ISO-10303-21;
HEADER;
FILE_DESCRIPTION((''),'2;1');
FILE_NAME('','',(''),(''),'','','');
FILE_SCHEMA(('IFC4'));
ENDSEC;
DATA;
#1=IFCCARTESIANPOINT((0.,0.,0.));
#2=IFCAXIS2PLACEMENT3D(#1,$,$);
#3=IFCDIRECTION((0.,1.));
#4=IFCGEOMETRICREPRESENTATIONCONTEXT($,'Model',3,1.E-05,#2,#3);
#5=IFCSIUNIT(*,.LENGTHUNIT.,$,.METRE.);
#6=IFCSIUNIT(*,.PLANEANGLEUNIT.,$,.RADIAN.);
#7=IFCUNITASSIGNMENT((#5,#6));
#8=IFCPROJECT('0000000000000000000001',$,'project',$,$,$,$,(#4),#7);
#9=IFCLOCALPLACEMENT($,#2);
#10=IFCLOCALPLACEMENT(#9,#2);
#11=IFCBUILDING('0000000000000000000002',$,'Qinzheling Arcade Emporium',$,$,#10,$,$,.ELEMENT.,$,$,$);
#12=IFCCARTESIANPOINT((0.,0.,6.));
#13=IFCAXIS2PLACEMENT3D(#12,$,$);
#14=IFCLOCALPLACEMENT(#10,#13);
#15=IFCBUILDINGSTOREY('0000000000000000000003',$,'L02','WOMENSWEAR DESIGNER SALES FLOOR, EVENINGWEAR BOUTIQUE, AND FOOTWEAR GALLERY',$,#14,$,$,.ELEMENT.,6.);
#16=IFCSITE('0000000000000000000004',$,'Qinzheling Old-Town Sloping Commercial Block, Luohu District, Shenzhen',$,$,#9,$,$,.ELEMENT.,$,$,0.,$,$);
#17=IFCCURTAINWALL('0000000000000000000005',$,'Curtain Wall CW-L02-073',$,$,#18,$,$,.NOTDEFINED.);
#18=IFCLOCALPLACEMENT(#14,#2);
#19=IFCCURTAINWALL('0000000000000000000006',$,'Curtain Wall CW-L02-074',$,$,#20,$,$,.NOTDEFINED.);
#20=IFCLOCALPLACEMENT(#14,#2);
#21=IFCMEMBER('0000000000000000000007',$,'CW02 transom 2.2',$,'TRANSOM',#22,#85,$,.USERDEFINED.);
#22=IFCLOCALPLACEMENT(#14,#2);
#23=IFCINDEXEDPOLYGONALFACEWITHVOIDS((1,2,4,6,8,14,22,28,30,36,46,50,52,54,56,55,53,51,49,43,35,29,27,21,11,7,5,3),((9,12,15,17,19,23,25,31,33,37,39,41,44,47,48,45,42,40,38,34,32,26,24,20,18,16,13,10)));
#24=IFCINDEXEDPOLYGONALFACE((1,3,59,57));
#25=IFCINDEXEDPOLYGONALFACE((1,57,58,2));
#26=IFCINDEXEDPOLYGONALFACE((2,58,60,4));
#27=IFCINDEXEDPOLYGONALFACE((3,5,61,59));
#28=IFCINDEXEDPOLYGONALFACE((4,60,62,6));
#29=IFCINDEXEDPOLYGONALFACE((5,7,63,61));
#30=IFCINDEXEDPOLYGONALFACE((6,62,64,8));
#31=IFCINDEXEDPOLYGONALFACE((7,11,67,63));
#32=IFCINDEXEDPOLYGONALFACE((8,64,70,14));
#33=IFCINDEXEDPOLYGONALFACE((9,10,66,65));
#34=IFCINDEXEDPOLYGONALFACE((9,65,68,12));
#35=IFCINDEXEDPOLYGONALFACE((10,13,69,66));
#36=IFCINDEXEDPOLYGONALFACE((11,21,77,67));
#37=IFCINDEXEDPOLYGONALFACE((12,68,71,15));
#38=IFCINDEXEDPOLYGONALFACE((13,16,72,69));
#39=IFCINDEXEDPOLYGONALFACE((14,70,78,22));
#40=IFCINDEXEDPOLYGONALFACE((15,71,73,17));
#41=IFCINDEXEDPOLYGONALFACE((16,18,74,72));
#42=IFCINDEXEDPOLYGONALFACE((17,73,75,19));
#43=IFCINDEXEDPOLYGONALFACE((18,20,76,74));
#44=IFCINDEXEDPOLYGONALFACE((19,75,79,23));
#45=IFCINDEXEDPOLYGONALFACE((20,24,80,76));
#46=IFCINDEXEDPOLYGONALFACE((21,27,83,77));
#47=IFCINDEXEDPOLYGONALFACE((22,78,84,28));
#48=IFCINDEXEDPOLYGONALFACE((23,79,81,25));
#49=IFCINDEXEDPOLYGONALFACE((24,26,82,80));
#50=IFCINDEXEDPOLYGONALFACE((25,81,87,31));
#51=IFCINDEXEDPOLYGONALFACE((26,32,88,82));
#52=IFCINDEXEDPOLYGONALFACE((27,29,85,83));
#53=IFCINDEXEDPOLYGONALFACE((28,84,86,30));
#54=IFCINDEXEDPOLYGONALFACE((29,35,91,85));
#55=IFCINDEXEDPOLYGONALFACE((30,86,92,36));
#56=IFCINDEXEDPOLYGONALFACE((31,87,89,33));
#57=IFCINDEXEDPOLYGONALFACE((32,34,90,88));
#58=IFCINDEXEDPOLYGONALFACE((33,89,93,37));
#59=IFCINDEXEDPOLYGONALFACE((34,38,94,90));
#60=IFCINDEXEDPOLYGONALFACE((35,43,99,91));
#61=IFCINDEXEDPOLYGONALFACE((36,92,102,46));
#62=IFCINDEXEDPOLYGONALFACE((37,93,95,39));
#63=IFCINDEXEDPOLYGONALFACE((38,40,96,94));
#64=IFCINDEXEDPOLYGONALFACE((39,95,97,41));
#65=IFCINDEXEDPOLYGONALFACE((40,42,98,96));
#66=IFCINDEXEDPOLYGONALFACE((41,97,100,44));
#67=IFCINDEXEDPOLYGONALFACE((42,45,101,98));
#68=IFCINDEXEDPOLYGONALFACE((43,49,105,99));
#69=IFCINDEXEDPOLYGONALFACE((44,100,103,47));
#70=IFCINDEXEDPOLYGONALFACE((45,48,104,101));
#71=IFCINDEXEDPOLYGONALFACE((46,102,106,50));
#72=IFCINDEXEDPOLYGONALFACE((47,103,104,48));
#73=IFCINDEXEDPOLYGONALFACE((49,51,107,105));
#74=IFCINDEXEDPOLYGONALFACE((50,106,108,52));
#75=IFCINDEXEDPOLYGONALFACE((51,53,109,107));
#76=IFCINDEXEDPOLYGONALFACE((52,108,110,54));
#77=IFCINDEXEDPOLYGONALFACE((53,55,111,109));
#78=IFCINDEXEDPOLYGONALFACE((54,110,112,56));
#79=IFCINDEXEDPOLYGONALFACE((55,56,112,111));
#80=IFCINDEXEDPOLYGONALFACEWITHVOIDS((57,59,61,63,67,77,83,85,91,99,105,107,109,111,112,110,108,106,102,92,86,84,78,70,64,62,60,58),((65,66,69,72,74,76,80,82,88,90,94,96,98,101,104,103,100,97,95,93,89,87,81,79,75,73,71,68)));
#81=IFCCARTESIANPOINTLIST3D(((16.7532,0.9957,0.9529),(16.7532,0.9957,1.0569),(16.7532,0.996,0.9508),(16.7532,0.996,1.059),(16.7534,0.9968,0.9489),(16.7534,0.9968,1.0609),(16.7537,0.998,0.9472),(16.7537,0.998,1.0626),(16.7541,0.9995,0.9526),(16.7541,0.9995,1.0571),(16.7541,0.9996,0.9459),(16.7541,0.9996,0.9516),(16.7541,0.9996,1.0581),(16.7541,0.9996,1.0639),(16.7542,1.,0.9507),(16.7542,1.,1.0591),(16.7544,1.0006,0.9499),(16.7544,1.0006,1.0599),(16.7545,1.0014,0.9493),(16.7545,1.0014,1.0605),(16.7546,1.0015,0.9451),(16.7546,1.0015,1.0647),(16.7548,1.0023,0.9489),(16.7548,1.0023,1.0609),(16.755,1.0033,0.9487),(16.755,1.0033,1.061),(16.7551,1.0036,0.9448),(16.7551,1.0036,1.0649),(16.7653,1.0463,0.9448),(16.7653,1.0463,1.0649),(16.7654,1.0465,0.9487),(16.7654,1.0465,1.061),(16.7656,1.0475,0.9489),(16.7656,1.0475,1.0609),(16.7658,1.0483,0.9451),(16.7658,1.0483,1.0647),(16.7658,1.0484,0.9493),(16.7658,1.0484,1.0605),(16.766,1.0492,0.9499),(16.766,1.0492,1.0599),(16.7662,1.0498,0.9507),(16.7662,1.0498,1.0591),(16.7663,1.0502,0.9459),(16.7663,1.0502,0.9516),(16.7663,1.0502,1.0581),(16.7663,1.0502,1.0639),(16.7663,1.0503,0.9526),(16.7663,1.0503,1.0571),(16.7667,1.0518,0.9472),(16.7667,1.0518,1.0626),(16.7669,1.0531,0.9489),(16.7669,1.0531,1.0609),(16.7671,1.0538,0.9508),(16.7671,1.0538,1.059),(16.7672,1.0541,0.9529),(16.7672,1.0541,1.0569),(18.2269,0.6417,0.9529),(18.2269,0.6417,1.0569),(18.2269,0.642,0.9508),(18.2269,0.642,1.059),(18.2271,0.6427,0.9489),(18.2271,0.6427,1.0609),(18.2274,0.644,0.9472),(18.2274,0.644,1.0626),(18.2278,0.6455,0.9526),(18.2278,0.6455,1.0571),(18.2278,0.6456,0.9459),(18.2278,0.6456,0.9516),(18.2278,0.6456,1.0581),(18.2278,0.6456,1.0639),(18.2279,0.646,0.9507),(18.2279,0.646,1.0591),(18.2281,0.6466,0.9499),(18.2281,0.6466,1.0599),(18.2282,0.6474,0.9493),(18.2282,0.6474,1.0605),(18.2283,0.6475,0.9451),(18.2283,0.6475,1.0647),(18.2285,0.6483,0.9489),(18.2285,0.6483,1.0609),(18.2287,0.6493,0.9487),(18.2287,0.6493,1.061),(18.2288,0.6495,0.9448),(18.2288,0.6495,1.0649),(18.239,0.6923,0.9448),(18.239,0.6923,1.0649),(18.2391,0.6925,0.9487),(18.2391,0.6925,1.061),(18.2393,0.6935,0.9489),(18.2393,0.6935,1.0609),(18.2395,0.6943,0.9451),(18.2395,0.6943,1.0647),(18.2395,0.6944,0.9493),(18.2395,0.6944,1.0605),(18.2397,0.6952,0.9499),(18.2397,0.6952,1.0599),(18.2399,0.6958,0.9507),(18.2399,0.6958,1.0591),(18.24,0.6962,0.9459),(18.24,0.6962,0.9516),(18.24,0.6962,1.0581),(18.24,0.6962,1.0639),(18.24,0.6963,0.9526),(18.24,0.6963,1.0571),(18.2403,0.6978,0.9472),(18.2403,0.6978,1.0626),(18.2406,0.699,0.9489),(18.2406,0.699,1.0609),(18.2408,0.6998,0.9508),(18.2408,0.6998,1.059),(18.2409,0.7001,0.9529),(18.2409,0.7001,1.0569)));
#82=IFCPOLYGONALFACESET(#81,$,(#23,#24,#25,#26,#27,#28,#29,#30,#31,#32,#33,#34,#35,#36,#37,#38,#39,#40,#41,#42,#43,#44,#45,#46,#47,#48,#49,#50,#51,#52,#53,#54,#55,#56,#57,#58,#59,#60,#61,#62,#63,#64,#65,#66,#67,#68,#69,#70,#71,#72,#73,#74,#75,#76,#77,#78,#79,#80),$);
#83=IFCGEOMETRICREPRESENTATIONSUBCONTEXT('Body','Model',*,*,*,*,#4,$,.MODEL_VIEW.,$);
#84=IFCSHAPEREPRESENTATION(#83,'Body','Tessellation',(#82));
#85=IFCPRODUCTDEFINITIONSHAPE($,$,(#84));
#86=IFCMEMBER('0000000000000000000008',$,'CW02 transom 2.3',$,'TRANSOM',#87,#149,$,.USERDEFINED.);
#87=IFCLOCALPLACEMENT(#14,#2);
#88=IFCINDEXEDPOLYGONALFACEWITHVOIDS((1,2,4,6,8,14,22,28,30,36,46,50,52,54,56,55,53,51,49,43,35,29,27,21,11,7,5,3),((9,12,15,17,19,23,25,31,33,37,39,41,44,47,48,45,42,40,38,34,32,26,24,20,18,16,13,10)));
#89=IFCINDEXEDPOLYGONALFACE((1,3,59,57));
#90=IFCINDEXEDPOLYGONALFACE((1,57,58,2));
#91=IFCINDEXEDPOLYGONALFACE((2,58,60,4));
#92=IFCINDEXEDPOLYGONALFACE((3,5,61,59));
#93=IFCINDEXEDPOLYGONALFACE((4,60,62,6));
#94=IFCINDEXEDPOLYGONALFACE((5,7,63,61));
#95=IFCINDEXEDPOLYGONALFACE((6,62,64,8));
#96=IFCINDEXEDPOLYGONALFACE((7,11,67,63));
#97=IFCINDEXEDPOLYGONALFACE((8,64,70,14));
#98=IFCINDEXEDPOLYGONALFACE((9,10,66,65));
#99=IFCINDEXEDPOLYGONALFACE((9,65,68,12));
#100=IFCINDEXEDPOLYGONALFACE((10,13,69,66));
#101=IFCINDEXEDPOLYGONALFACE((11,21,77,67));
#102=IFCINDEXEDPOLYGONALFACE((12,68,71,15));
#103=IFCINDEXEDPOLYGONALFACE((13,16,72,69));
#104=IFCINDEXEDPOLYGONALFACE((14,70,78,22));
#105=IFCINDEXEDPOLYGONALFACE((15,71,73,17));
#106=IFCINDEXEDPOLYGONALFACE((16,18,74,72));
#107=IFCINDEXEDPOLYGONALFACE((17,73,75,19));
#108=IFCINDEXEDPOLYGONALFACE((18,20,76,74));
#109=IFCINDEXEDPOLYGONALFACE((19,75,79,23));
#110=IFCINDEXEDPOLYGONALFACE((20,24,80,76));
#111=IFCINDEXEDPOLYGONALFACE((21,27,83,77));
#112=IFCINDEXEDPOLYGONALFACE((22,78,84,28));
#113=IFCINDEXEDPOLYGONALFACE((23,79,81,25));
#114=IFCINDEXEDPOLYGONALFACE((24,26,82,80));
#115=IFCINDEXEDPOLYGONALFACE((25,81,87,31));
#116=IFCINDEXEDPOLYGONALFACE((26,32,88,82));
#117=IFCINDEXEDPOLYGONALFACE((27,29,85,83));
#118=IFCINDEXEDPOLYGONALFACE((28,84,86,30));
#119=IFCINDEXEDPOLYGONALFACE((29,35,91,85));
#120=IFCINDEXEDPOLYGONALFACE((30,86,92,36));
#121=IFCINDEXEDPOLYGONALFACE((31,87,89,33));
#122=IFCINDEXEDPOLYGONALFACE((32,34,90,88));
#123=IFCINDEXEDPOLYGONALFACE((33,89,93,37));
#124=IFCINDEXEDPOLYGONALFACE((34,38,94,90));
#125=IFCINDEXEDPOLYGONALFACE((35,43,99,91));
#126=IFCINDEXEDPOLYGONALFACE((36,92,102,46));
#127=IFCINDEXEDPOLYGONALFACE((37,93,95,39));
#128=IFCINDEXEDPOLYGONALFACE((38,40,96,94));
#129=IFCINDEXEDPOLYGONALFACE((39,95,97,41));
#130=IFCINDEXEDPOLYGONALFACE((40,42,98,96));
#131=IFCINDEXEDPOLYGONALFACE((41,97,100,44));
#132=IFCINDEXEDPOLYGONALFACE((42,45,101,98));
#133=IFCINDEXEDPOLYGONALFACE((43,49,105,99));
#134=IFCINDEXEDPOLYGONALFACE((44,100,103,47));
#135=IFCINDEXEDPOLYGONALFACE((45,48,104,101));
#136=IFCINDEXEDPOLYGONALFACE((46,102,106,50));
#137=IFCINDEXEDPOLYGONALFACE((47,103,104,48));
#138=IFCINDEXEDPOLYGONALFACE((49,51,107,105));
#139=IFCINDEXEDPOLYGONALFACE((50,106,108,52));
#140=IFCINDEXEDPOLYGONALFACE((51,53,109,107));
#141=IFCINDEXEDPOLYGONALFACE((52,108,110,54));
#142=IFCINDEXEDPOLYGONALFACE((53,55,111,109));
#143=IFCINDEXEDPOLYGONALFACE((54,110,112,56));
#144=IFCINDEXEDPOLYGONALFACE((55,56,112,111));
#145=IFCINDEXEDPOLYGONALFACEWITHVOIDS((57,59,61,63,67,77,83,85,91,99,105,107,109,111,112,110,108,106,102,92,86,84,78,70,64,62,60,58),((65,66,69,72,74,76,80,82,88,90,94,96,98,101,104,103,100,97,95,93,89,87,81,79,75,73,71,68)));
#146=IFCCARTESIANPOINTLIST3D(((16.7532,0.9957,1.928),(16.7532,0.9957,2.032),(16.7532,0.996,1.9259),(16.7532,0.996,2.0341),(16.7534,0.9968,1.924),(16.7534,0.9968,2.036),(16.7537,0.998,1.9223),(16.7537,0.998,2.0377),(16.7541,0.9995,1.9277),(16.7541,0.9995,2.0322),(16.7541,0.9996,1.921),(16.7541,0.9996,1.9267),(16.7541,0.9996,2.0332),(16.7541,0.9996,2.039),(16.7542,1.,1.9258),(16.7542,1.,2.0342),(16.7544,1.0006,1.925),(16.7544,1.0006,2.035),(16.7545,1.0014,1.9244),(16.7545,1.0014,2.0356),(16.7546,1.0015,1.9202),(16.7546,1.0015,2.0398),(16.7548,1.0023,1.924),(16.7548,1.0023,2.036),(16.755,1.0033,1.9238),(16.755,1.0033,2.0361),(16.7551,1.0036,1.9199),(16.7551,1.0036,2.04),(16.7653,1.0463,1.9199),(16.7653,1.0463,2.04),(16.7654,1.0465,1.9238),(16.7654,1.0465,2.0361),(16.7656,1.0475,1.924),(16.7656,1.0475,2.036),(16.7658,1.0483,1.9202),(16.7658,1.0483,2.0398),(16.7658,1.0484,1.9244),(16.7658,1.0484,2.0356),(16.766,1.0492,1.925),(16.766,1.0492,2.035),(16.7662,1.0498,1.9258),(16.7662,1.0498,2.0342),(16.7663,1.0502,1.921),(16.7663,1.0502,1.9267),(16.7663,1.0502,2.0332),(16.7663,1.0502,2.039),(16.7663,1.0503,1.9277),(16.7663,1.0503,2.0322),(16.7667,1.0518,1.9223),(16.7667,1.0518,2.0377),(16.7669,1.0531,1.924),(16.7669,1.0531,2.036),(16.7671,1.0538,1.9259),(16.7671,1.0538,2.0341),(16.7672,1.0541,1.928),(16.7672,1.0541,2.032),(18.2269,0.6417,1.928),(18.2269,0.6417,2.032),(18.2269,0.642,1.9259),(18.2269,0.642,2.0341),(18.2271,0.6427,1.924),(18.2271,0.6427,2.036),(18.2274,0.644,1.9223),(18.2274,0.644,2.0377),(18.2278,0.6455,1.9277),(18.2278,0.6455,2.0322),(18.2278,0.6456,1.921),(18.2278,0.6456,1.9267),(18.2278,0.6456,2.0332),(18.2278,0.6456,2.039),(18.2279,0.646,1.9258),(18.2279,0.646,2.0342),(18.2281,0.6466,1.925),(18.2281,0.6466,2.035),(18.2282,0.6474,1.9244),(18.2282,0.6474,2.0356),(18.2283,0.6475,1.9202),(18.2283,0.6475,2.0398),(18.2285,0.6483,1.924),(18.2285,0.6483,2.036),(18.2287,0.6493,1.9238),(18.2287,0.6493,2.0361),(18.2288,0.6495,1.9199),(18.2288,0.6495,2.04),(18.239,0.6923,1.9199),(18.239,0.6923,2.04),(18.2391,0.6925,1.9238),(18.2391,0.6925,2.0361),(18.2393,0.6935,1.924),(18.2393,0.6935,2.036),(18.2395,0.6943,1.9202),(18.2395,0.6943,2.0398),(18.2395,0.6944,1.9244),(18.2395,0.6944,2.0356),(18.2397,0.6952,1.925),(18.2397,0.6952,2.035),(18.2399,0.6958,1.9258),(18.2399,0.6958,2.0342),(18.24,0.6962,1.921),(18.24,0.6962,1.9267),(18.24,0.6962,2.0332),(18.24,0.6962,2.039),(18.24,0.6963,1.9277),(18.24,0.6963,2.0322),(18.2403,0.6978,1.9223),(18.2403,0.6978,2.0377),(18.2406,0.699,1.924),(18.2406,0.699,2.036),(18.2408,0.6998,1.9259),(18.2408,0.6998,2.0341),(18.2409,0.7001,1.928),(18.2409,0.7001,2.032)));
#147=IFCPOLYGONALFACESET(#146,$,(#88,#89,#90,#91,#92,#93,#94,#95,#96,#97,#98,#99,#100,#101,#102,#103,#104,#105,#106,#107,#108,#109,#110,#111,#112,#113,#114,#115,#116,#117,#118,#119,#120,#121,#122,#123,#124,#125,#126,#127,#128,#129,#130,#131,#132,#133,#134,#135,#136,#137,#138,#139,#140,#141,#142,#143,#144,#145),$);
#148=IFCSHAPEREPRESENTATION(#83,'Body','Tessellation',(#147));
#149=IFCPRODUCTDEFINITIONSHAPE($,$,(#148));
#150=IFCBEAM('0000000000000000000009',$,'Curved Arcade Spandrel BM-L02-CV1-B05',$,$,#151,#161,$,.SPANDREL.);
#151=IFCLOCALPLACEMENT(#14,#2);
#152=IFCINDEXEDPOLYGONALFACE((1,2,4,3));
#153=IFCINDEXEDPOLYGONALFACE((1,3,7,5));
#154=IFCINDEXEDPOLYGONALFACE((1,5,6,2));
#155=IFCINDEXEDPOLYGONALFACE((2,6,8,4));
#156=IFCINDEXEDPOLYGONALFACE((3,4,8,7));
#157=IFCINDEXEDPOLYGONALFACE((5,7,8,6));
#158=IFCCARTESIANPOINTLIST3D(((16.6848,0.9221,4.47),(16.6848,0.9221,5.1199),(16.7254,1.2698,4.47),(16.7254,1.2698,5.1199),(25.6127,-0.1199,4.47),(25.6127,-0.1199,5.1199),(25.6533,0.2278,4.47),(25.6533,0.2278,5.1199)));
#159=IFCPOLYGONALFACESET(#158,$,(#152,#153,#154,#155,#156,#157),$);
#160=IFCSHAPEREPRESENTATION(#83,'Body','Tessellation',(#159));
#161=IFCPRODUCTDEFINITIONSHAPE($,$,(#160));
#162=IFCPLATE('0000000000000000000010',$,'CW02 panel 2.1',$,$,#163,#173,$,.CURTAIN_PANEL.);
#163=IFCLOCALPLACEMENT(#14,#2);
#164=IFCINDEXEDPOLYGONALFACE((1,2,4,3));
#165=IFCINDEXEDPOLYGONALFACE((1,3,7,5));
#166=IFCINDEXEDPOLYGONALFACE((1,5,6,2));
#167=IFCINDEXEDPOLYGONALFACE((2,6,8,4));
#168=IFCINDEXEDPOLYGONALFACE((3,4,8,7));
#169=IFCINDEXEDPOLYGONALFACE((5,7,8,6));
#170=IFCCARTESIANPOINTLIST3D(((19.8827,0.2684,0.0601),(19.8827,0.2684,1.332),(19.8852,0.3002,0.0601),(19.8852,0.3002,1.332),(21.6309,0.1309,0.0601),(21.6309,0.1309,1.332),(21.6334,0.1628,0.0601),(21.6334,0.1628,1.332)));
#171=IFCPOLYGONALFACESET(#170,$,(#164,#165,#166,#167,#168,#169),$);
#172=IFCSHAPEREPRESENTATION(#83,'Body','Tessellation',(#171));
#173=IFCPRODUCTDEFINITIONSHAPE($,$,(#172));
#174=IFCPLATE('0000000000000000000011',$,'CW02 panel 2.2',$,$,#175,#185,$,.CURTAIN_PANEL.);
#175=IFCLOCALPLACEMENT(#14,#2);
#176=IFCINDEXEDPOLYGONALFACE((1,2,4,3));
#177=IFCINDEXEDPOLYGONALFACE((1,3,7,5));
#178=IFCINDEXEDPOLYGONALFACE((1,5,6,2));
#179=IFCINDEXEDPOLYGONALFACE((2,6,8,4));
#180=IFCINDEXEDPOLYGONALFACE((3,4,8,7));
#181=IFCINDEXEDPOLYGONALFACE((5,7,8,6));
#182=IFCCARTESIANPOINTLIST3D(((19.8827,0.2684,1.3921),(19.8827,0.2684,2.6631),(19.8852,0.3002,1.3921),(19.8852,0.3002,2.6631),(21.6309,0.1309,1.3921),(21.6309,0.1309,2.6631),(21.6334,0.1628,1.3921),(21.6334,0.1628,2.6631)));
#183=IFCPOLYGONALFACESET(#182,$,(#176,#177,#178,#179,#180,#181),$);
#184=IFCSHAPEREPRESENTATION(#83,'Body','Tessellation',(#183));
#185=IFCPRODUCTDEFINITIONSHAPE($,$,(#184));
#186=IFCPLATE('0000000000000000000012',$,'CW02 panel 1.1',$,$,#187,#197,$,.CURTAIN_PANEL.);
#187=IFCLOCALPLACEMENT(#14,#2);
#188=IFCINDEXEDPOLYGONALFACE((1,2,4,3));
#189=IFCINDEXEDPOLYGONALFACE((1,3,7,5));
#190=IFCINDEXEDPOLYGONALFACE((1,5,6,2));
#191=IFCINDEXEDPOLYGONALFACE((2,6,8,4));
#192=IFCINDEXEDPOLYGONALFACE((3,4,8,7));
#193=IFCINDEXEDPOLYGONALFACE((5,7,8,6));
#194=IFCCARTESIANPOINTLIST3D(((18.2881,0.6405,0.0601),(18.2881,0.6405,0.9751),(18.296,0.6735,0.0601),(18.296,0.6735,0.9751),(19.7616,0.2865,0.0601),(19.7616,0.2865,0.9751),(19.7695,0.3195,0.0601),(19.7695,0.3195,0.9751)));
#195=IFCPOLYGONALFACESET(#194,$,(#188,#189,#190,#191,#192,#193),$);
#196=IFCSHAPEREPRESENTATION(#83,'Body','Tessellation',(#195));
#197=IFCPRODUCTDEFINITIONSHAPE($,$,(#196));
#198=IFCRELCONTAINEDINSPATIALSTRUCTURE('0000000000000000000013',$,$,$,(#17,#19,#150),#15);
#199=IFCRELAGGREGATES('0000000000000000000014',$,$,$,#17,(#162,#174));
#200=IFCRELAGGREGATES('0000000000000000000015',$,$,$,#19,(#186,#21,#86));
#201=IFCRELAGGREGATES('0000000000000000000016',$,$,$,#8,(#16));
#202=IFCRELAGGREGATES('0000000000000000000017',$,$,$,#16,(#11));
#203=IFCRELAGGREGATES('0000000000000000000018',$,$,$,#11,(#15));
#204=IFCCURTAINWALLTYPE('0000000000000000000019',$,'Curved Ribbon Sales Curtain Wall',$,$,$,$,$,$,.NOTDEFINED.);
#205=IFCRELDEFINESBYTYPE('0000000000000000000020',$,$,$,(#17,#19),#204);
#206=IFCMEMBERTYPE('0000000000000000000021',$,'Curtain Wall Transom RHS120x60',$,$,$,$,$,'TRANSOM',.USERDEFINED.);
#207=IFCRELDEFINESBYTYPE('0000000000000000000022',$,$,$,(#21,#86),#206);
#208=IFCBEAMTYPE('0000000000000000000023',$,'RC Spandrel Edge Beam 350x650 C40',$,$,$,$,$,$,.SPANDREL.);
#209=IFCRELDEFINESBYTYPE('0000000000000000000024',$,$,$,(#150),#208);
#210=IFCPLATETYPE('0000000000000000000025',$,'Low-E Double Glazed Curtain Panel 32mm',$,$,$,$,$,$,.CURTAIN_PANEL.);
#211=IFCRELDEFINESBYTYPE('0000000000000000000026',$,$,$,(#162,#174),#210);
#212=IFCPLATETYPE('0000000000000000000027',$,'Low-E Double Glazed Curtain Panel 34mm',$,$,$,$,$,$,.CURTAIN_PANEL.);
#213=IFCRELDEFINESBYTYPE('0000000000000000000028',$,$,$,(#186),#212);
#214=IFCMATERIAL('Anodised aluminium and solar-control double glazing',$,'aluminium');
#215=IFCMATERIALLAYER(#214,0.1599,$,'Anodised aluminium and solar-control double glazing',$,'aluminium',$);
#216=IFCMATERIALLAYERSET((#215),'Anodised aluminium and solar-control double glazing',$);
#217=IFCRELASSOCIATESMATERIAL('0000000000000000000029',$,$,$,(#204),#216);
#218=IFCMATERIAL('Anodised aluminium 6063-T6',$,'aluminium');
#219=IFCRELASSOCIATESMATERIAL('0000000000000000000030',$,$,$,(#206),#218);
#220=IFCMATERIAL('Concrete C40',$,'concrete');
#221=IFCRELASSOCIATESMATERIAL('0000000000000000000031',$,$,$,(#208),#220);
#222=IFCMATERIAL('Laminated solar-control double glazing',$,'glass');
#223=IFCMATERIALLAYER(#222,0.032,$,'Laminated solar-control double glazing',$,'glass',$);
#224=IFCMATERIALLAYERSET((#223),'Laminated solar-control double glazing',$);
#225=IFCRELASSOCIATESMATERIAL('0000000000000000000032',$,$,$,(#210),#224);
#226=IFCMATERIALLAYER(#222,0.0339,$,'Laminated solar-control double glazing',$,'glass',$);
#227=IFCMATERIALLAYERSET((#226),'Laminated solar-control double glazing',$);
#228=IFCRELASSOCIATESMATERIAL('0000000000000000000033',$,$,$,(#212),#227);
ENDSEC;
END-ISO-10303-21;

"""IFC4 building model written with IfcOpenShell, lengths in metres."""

from ifc_helpers import new_model, si_unit, direction, frame, origin, origin_2d, place, context, subcontext, project, spatial, rectangle, hollow_rectangle, extrude, material, layer, layer_set, material_profile, profile_set, type_object, element, aggregate, save


model = new_model("IFC4")

# Units and contexts
model_context = context("Model", 3, precision=1e-05, world=origin(), true_north=direction((0.0, 1.0)))
body_context = subcontext(model_context, "Body", "Model", "MODEL_VIEW")
ifc_project = project(units=[si_unit("LENGTHUNIT", "METRE"), si_unit("PLANEANGLEUNIT", "RADIAN")], contexts=[model_context])

# Site, building, storey
site_placement = place(None, origin())
site = spatial("IfcSite", under=ifc_project, at=site_placement, Name="Qinzheling Old-Town Sloping Commercial Block, Luohu District, Shenzhen", CompositionType="ELEMENT", RefElevation=0.0)
building_placement = place(site_placement, origin())
building = spatial("IfcBuilding", under=site, at=building_placement, Name="Qinzheling Arcade Emporium", CompositionType="ELEMENT")
storey_placement = place(building_placement, frame((0.0, 0.0, 6.0)))
storey = spatial("IfcBuildingStorey", under=building, at=storey_placement, Name="L02", Description="WOMENSWEAR DESIGNER SALES FLOOR, EVENINGWEAR BOUTIQUE, AND FOOTWEAR GALLERY", CompositionType="ELEMENT", Elevation=6.0)

# Curtain wall
ifc_material_1 = material(Name="Anodised aluminium and solar-control double glazing", Category="aluminium")
ifc_layer_1 = layer(ifc_material_1, 0.1599, Name="Anodised aluminium and solar-control double glazing", Category="aluminium")
ifc_layer_set_1 = layer_set([ifc_layer_1], Name="Anodised aluminium and solar-control double glazing")
curtain_wall_type = type_object("IfcCurtainWallType", Name="Curved Ribbon Sales Curtain Wall", PredefinedType="NOTDEFINED", material=ifc_layer_set_1)
curtain_wall_1_placement = place(storey_placement, origin())
curtain_wall_1 = element("IfcCurtainWall", 1, at=curtain_wall_1_placement, inside=storey, type_object=curtain_wall_type, Name="Curtain Wall CW-L02-073", PredefinedType="NOTDEFINED")
ifc_material_2 = material(Name="Anodised aluminium 6063-T6", Category="aluminium")

# Curtain wall, members
curtain_wall_2_placement = place(storey_placement, origin())
curtain_wall_2 = element("IfcCurtainWall", 2, at=curtain_wall_2_placement, inside=storey, type_object=curtain_wall_type, Name="Curtain Wall CW-L02-074", PredefinedType="NOTDEFINED")
ifc_material_profile_1 = material_profile(ifc_material_2, hollow_rectangle(XDim=0.0601, YDim=0.1201, WallThickness=0.0039, InnerFilletRadius=0.0039, OuterFilletRadius=0.0081, at=origin_2d()), Name="RHS 120x60x4", Category="aluminium")
ifc_profile_set_1 = profile_set([ifc_material_profile_1], Name="Anodised aluminium 6063-T6")
member_type_1 = type_object("IfcMemberType", Name="Curtain Wall Transom RHS120x60", ElementType="TRANSOM", PredefinedType="USERDEFINED", material=ifc_profile_set_1)
member_1_placement = place(storey_placement, frame((18.2339, 0.6709, 1.0049), z_axis=(-0.972338, 0.23358, 0.0), x_axis=(-0.23358, -0.972338, 0.0)))
member_1 = element("IfcMember", 3, at=member_1_placement, type_object=member_type_1, Name="CW02 transom 2.2", ObjectType="TRANSOM", PredefinedType="USERDEFINED", context=body_context, shape_type="SweptSolid", body=[
    extrude(hollow_rectangle(XDim=0.0601, YDim=0.1201, WallThickness=0.0039, InnerFilletRadius=0.0039, OuterFilletRadius=0.0081, at=origin_2d()), origin(), (0.0, 0.0, 1.0), 1.5156),
])
member_2_placement = place(storey_placement, frame((18.2339, 0.6709, 1.98), z_axis=(-0.972338, 0.23358, 0.0), x_axis=(-0.23358, -0.972338, 0.0)))
member_2 = element("IfcMember", 4, at=member_2_placement, type_object=member_type_1, Name="CW02 transom 2.3", ObjectType="TRANSOM", PredefinedType="USERDEFINED", context=body_context, shape_type="SweptSolid", body=[
    extrude(hollow_rectangle(XDim=0.0601, YDim=0.1201, WallThickness=0.0039, InnerFilletRadius=0.0039, OuterFilletRadius=0.0081, at=origin_2d()), origin(), (0.0, 0.0, 1.0), 1.5156),
])

# Beam
ifc_material_3 = material(Name="Concrete C40", Category="concrete")
ifc_material_profile_2 = material_profile(ifc_material_3, rectangle(XDim=0.3501, YDim=0.6499, at=origin_2d()), Name="RC 350x650", Category="concrete")
ifc_profile_set_2 = profile_set([ifc_material_profile_2], Name="Concrete C40")
beam_type_1 = type_object("IfcBeamType", Name="RC Spandrel Edge Beam 350x650 C40", PredefinedType="SPANDREL", material=ifc_profile_set_2)
beam_1_placement = place(storey_placement, frame((16.7051, 1.0959, 4.7949), z_axis=(0.993258, -0.115924, 0.0), x_axis=(0.115924, 0.993258, 0.0)))
element("IfcBeam", 5, at=beam_1_placement, inside=storey, type_object=beam_type_1, Name="Curved Arcade Spandrel BM-L02-CV1-B05", PredefinedType="SPANDREL", context=body_context, shape_type="SweptSolid", body=[
    extrude(rectangle(XDim=0.3501, YDim=0.6499, at=origin_2d()), origin(), (0.0, 0.0, 1.0), 8.9885),
])

# Plates
ifc_material_4 = material(Name="Laminated solar-control double glazing", Category="glass")
ifc_layer_2 = layer(ifc_material_4, 0.032, Name="Laminated solar-control double glazing", Category="glass")
ifc_layer_set_2 = layer_set([ifc_layer_2], Name="Laminated solar-control double glazing")
plate_type_1 = type_object("IfcPlateType", Name="Low-E Double Glazed Curtain Panel 32mm", PredefinedType="CURTAIN_PANEL", material=ifc_layer_set_2)
plate_1_placement = place(storey_placement, frame((20.7581, 0.2156, 0.0601), z_axis=(0.0, 0.0, 1.0), x_axis=(-0.996924, 0.078376, 0.0)))
plate_1 = element("IfcPlate", 6, at=plate_1_placement, type_object=plate_type_1, Name="CW02 panel 2.1", PredefinedType="CURTAIN_PANEL", context=body_context, shape_type="SweptSolid", body=[
    extrude(rectangle(XDim=1.7537, YDim=0.032, at=origin_2d()), origin(), (0.0, 0.0, 1.0), 1.272),
])
plate_2_placement = place(storey_placement, frame((20.7581, 0.2156, 1.3921), z_axis=(0.0, 0.0, 1.0), x_axis=(-0.996924, 0.078376, 0.0)))
plate_2 = element("IfcPlate", 7, at=plate_2_placement, type_object=plate_type_1, Name="CW02 panel 2.2", PredefinedType="CURTAIN_PANEL", context=body_context, shape_type="SweptSolid", body=[
    extrude(rectangle(XDim=1.7537, YDim=0.032, at=origin_2d()), origin(), (0.0, 0.0, 1.0), 1.271),
])
aggregate(curtain_wall_1, [plate_1, plate_2])
ifc_layer_3 = layer(ifc_material_4, 0.0339, Name="Laminated solar-control double glazing", Category="glass")
ifc_layer_set_3 = layer_set([ifc_layer_3], Name="Laminated solar-control double glazing")
plate_type_2 = type_object("IfcPlateType", Name="Low-E Double Glazed Curtain Panel 34mm", PredefinedType="CURTAIN_PANEL", material=ifc_layer_set_3)
plate_3_placement = place(storey_placement, frame((19.0288, 0.48, 0.0601), z_axis=(0.0, 0.0, 1.0), x_axis=(-0.972336, 0.233585, 0.0)))
plate_3 = element("IfcPlate", 8, at=plate_3_placement, type_object=plate_type_2, Name="CW02 panel 1.1", PredefinedType="CURTAIN_PANEL", context=body_context, shape_type="SweptSolid", body=[
    extrude(rectangle(XDim=1.5154, YDim=0.0339, at=origin_2d()), origin(), (0.0, 0.0, 1.0), 0.915),
])
aggregate(curtain_wall_2, [plate_3, member_1, member_2])

save(model, "model.ifc")
